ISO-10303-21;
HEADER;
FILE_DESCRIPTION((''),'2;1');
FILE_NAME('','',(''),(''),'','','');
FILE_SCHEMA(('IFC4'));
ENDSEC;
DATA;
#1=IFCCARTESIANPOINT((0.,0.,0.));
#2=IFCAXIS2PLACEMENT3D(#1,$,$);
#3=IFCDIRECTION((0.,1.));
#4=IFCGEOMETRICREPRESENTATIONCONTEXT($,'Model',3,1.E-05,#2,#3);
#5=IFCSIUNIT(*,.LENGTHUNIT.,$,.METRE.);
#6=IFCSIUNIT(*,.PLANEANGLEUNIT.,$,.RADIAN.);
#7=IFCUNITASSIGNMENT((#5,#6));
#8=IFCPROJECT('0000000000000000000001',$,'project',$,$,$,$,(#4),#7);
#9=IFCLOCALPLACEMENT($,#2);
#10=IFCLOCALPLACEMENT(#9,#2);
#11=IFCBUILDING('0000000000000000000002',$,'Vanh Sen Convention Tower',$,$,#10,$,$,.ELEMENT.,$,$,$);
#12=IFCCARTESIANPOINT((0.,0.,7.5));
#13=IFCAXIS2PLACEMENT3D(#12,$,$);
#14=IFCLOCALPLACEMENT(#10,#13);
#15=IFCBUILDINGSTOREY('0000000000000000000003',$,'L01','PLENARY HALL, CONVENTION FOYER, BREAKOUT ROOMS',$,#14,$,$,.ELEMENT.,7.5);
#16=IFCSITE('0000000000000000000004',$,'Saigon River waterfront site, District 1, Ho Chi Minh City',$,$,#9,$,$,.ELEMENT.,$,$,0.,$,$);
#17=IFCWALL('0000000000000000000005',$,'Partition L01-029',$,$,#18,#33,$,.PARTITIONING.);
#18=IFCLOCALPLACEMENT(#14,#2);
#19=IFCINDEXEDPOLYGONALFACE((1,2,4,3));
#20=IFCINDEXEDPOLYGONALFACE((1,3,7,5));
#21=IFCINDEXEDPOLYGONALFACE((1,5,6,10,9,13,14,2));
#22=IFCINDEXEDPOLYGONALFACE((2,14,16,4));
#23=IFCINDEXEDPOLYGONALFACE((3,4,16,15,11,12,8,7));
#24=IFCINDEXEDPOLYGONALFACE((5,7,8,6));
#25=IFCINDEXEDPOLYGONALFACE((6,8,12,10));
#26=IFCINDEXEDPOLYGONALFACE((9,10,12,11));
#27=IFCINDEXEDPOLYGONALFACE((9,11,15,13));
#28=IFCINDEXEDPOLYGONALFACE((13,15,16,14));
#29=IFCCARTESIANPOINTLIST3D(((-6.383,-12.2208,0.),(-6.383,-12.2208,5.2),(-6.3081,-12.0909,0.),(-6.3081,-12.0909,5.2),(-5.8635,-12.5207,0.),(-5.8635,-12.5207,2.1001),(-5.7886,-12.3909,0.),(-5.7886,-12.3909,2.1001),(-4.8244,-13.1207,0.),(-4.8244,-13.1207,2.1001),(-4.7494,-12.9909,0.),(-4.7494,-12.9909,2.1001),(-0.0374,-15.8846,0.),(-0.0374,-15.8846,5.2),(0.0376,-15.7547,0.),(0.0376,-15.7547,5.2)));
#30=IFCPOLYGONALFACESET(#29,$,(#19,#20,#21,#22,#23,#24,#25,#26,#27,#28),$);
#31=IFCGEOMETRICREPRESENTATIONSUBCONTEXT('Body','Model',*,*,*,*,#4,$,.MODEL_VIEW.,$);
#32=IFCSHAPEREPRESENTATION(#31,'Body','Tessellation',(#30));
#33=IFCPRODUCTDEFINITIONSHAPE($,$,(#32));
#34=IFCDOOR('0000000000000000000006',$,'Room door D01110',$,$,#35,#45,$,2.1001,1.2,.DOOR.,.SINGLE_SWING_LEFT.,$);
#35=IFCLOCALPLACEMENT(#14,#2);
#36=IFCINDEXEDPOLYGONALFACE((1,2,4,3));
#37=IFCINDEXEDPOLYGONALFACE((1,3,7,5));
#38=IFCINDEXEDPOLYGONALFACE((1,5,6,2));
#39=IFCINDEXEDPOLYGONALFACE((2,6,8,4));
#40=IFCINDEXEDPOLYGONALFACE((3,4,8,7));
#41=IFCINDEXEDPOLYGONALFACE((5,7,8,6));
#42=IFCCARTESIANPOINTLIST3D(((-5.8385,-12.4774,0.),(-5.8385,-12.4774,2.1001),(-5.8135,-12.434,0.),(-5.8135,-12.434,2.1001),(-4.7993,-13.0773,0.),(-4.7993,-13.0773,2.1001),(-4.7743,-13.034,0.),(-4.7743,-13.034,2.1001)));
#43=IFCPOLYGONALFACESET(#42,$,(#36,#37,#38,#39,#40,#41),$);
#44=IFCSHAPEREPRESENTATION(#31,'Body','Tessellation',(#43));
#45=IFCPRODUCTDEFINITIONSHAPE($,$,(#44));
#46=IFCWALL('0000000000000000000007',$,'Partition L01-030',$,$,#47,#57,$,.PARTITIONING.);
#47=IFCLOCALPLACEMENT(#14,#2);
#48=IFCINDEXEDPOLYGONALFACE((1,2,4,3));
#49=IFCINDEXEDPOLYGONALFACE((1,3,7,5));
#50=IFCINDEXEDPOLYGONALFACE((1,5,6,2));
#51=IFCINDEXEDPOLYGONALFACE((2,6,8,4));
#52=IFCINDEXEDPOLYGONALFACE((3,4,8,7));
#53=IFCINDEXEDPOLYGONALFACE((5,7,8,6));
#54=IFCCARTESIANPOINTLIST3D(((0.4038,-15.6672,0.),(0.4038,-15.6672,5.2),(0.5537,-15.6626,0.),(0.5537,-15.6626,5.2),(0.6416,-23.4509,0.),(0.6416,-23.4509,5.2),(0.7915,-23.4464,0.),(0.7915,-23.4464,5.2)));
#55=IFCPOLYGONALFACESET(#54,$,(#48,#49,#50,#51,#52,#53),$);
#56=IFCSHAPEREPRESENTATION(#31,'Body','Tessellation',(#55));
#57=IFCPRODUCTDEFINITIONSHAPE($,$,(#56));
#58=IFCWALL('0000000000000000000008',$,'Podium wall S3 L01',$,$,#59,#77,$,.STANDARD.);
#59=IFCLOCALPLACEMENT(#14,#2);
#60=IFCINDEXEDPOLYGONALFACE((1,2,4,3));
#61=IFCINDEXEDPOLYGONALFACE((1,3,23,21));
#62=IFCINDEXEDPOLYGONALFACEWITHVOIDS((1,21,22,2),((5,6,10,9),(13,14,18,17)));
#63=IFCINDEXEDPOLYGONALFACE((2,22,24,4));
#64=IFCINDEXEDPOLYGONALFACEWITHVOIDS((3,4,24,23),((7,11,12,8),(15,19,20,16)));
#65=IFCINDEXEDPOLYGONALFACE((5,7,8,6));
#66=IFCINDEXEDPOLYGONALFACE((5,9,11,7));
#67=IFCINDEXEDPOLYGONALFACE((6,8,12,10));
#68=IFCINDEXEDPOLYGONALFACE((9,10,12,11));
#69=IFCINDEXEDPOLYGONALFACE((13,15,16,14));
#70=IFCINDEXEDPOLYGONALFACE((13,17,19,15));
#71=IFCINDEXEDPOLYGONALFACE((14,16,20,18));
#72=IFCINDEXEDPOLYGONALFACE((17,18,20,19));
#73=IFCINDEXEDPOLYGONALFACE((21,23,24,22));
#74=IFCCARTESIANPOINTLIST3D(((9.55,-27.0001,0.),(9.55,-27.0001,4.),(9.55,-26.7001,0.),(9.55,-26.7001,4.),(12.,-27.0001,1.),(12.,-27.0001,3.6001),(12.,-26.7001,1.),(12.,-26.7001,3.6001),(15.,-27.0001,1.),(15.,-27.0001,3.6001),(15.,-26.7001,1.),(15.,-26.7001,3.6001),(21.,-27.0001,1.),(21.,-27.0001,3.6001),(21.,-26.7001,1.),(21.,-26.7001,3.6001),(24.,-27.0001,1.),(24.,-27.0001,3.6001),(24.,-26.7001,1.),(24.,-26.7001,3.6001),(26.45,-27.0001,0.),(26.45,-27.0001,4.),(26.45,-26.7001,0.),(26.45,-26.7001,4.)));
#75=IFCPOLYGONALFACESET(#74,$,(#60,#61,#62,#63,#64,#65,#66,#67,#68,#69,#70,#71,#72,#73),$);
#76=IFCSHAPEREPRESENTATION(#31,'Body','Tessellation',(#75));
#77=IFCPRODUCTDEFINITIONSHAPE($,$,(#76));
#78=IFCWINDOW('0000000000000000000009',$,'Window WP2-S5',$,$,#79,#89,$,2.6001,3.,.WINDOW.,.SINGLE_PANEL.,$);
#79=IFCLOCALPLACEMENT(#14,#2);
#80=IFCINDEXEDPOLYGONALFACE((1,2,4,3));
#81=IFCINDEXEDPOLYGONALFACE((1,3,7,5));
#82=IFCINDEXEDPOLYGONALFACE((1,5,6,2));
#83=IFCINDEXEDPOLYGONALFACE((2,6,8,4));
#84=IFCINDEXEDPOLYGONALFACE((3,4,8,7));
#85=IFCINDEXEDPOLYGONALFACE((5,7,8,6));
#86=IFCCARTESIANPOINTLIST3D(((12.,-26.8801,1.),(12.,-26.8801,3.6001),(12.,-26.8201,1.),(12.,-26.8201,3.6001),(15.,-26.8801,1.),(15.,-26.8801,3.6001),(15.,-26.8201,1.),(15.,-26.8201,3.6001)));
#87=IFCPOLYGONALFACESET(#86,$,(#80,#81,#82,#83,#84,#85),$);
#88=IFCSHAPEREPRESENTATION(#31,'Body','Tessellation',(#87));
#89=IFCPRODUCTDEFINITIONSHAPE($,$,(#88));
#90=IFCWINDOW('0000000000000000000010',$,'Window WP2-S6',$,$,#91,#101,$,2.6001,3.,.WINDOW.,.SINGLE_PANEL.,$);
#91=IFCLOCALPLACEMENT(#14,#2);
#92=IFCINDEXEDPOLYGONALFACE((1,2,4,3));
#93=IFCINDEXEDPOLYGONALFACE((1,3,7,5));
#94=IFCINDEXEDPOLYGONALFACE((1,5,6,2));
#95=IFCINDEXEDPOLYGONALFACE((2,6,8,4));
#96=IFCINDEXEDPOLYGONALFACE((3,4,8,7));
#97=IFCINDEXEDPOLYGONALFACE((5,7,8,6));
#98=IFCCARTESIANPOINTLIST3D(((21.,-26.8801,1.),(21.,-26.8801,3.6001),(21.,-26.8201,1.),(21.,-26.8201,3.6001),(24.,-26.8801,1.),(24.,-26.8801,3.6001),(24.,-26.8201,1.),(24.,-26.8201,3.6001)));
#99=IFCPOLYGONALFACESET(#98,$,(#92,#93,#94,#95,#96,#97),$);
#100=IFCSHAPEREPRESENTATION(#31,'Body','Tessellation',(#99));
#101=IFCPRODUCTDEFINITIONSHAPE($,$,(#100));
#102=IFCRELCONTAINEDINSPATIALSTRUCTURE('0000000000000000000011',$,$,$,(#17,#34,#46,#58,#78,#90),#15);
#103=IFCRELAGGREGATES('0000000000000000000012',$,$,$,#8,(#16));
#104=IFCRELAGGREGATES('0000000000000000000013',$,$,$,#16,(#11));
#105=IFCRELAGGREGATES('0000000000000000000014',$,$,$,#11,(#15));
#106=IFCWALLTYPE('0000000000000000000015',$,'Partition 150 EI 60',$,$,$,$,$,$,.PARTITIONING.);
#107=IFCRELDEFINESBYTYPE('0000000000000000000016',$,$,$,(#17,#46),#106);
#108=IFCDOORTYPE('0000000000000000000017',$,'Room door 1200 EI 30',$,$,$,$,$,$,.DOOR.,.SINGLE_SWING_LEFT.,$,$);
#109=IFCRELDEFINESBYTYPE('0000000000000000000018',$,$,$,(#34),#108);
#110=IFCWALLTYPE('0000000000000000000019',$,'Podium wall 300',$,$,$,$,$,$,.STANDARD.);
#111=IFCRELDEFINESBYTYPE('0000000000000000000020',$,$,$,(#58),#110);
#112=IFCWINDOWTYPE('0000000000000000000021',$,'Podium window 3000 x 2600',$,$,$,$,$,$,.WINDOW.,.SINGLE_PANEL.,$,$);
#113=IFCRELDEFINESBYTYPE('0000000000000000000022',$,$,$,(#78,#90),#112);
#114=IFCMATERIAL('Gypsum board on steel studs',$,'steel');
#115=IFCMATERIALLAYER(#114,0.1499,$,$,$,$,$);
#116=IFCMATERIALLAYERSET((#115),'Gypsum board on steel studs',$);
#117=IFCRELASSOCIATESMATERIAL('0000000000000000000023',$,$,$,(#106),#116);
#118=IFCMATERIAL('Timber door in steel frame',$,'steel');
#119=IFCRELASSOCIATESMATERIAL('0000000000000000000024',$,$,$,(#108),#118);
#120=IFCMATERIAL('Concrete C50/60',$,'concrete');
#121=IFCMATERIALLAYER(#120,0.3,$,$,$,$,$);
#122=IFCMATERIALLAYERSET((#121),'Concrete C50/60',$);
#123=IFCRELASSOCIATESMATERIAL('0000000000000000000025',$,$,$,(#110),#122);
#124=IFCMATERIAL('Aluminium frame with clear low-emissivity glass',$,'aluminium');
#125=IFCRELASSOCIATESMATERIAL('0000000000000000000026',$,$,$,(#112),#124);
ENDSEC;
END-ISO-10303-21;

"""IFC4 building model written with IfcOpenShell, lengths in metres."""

from ifc_helpers import new_model, si_unit, direction, frame, frame_2d, origin, place, context, subcontext, project, spatial, rectangle, extrude, material, layer, layer_set, type_object, element, fill, save


model = new_model("IFC4")

# Units and contexts
model_context = context("Model", 3, precision=1e-05, world=origin(), true_north=direction((0.0, 1.0)))
body_context = subcontext(model_context, "Body", "Model", "MODEL_VIEW")
ifc_project = project(units=[si_unit("LENGTHUNIT", "METRE"), si_unit("PLANEANGLEUNIT", "RADIAN")], contexts=[model_context])

# Site, building, storey
site_placement = place(None, origin())
site = spatial("IfcSite", under=ifc_project, at=site_placement, Name="Saigon River waterfront site, District 1, Ho Chi Minh City", CompositionType="ELEMENT", RefElevation=0.0)
building_placement = place(site_placement, origin())
building = spatial("IfcBuilding", under=site, at=building_placement, Name="Vanh Sen Convention Tower", CompositionType="ELEMENT")
storey_placement = place(building_placement, frame((0.0, 0.0, 7.5)))
storey = spatial("IfcBuildingStorey", under=building, at=storey_placement, Name="L01", Description="PLENARY HALL, CONVENTION FOYER, BREAKOUT ROOMS", CompositionType="ELEMENT", Elevation=7.5)

# Shared definitions
ifc_material_1 = material(Name="Gypsum board on steel studs", Category="steel")
ifc_layer_1 = layer(ifc_material_1, 0.1499)
ifc_layer_set_1 = layer_set([ifc_layer_1], Name="Gypsum board on steel studs")
wall_type_1 = type_object("IfcWallType", Name="Partition 150 EI 60", PredefinedType="PARTITIONING", material=ifc_layer_set_1)

# Wall, opening, door
ifc_material_2 = material(Name="Timber door in steel frame", Category="steel")
wall_1_placement = place(storey_placement, frame((0.0, -15.8196, 0.0), z_axis=(0.0, 0.0, 1.0), x_axis=(-0.866018, 0.500013, 0.0)))
wall_1 = element("IfcWall", 1, at=wall_1_placement, inside=storey, type_object=wall_type_1, Name="Partition L01-029", PredefinedType="PARTITIONING", context=body_context, shape_type="SweptSolid", body=[
    extrude(rectangle(XDim=7.3274, YDim=0.1499, at=frame_2d((3.6636, 0.0))), origin(), (0.0, 0.0, 1.0), 5.2),
])
opening_1_placement = place(wall_1_placement, frame((5.5273, 0.0, 0.0)))
opening_1 = element("IfcOpeningElement", 2, at=opening_1_placement, cuts=wall_1, PredefinedType="OPENING", context=body_context, shape_type="SweptSolid", body=[
    extrude(rectangle(XDim=1.2, YDim=2.1001, at=frame_2d((0.6001, 1.05))), frame((0.0, 0.085, 0.0), z_axis=(0.0, -1.0, 0.0), x_axis=(1.0, 0.0, 0.0)), (0.0, 0.0, 1.0), 0.1699),
])
door_type_1 = type_object("IfcDoorType", Name="Room door 1200 EI 30", OperationType="SINGLE_SWING_LEFT", PredefinedType="DOOR", material=ifc_material_2)
door_1_placement = place(opening_1_placement, origin())
door_1 = element("IfcDoor", 3, at=door_1_placement, inside=storey, type_object=door_type_1, Name="Room door D01110", OperationType="SINGLE_SWING_LEFT", OverallHeight=2.1001, OverallWidth=1.2, PredefinedType="DOOR", context=body_context, shape_type="SweptSolid", body=[
    extrude(rectangle(XDim=1.2, YDim=2.1001, at=frame_2d((0.6001, 1.05))), frame((0.0, 0.0249, 0.0), z_axis=(0.0, -1.0, 0.0), x_axis=(1.0, 0.0, 0.0)), (0.0, 0.0, 1.0), 0.05),
])
fill(opening_1, door_1)

# Wall
wall_2_placement = place(storey_placement, frame((0.4788, -15.665, 0.0), z_axis=(0.0, 0.0, 1.0), x_axis=(0.030536, -0.999534, 0.0)))
element("IfcWall", 4, at=wall_2_placement, inside=storey, type_object=wall_type_1, Name="Partition L01-030", PredefinedType="PARTITIONING", context=body_context, shape_type="SweptSolid", body=[
    extrude(rectangle(XDim=7.7874, YDim=0.1499, at=frame_2d((3.8936, 0.0))), origin(), (0.0, 0.0, 1.0), 5.2),
])

# Wall, openings, windows
ifc_material_3 = material(Name="Concrete C50/60", Category="concrete")
ifc_layer_2 = layer(ifc_material_3, 0.3)
ifc_layer_set_2 = layer_set([ifc_layer_2], Name="Concrete C50/60")
wall_type_2 = type_object("IfcWallType", Name="Podium wall 300", PredefinedType="STANDARD", material=ifc_layer_set_2)
wall_3_placement = place(storey_placement, frame((9.55, -26.8501, 0.0), z_axis=(0.0, 0.0, 1.0), x_axis=(1.0, 0.0, 0.0)))
wall_3 = element("IfcWall", 5, at=wall_3_placement, inside=storey, type_object=wall_type_2, Name="Podium wall S3 L01", PredefinedType="STANDARD", context=body_context, shape_type="SweptSolid", body=[
    extrude(rectangle(XDim=16.8999, YDim=0.3, at=frame_2d((8.45, 0.0))), origin(), (0.0, 0.0, 1.0), 4.0),
])
opening_2_placement = place(wall_3_placement, frame((2.45, 0.0, 1.0)))
opening_2 = element("IfcOpeningElement", 6, at=opening_2_placement, cuts=wall_3, PredefinedType="OPENING", context=body_context, shape_type="SweptSolid", body=[
    extrude(rectangle(XDim=3.0, YDim=2.6001, at=frame_2d((1.5, 1.3))), frame((0.0, 0.1599, 0.0), z_axis=(0.0, -1.0, 0.0), x_axis=(1.0, 0.0, 0.0)), (0.0, 0.0, 1.0), 0.3201),
])
opening_3_placement = place(wall_3_placement, frame((11.45, 0.0, 1.0)))
opening_3 = element("IfcOpeningElement", 7, at=opening_3_placement, cuts=wall_3, PredefinedType="OPENING", context=body_context, shape_type="SweptSolid", body=[
    extrude(rectangle(XDim=3.0, YDim=2.6001, at=frame_2d((1.5, 1.3))), frame((0.0, 0.1599, 0.0), z_axis=(0.0, -1.0, 0.0), x_axis=(1.0, 0.0, 0.0)), (0.0, 0.0, 1.0), 0.3201),
])
ifc_material_4 = material(Name="Aluminium frame with clear low-emissivity glass", Category="aluminium")
window_type = type_object("IfcWindowType", Name="Podium window 3000 x 2600", PartitioningType="SINGLE_PANEL", PredefinedType="WINDOW", material=ifc_material_4)
window_1_placement = place(opening_2_placement, origin())
window_1 = element("IfcWindow", 8, at=window_1_placement, inside=storey, type_object=window_type, Name="Window WP2-S5", OverallHeight=2.6001, OverallWidth=3.0, PartitioningType="SINGLE_PANEL", PredefinedType="WINDOW", context=body_context, shape_type="SweptSolid", body=[
    extrude(rectangle(XDim=3.0, YDim=2.6001, at=frame_2d((1.5, 1.3))), frame((0.0, 0.03, 0.0), z_axis=(0.0, -1.0, 0.0), x_axis=(1.0, 0.0, 0.0)), (0.0, 0.0, 1.0), 0.0601),
])
fill(opening_2, window_1)
window_2_placement = place(opening_3_placement, origin())
window_2 = element("IfcWindow", 9, at=window_2_placement, inside=storey, type_object=window_type, Name="Window WP2-S6", OverallHeight=2.6001, OverallWidth=3.0, PartitioningType="SINGLE_PANEL", PredefinedType="WINDOW", context=body_context, shape_type="SweptSolid", body=[
    extrude(rectangle(XDim=3.0, YDim=2.6001, at=frame_2d((1.5, 1.3))), frame((0.0, 0.03, 0.0), z_axis=(0.0, -1.0, 0.0), x_axis=(1.0, 0.0, 0.0)), (0.0, 0.0, 1.0), 0.0601),
])
fill(opening_3, window_2)

save(model, "model.ifc")
